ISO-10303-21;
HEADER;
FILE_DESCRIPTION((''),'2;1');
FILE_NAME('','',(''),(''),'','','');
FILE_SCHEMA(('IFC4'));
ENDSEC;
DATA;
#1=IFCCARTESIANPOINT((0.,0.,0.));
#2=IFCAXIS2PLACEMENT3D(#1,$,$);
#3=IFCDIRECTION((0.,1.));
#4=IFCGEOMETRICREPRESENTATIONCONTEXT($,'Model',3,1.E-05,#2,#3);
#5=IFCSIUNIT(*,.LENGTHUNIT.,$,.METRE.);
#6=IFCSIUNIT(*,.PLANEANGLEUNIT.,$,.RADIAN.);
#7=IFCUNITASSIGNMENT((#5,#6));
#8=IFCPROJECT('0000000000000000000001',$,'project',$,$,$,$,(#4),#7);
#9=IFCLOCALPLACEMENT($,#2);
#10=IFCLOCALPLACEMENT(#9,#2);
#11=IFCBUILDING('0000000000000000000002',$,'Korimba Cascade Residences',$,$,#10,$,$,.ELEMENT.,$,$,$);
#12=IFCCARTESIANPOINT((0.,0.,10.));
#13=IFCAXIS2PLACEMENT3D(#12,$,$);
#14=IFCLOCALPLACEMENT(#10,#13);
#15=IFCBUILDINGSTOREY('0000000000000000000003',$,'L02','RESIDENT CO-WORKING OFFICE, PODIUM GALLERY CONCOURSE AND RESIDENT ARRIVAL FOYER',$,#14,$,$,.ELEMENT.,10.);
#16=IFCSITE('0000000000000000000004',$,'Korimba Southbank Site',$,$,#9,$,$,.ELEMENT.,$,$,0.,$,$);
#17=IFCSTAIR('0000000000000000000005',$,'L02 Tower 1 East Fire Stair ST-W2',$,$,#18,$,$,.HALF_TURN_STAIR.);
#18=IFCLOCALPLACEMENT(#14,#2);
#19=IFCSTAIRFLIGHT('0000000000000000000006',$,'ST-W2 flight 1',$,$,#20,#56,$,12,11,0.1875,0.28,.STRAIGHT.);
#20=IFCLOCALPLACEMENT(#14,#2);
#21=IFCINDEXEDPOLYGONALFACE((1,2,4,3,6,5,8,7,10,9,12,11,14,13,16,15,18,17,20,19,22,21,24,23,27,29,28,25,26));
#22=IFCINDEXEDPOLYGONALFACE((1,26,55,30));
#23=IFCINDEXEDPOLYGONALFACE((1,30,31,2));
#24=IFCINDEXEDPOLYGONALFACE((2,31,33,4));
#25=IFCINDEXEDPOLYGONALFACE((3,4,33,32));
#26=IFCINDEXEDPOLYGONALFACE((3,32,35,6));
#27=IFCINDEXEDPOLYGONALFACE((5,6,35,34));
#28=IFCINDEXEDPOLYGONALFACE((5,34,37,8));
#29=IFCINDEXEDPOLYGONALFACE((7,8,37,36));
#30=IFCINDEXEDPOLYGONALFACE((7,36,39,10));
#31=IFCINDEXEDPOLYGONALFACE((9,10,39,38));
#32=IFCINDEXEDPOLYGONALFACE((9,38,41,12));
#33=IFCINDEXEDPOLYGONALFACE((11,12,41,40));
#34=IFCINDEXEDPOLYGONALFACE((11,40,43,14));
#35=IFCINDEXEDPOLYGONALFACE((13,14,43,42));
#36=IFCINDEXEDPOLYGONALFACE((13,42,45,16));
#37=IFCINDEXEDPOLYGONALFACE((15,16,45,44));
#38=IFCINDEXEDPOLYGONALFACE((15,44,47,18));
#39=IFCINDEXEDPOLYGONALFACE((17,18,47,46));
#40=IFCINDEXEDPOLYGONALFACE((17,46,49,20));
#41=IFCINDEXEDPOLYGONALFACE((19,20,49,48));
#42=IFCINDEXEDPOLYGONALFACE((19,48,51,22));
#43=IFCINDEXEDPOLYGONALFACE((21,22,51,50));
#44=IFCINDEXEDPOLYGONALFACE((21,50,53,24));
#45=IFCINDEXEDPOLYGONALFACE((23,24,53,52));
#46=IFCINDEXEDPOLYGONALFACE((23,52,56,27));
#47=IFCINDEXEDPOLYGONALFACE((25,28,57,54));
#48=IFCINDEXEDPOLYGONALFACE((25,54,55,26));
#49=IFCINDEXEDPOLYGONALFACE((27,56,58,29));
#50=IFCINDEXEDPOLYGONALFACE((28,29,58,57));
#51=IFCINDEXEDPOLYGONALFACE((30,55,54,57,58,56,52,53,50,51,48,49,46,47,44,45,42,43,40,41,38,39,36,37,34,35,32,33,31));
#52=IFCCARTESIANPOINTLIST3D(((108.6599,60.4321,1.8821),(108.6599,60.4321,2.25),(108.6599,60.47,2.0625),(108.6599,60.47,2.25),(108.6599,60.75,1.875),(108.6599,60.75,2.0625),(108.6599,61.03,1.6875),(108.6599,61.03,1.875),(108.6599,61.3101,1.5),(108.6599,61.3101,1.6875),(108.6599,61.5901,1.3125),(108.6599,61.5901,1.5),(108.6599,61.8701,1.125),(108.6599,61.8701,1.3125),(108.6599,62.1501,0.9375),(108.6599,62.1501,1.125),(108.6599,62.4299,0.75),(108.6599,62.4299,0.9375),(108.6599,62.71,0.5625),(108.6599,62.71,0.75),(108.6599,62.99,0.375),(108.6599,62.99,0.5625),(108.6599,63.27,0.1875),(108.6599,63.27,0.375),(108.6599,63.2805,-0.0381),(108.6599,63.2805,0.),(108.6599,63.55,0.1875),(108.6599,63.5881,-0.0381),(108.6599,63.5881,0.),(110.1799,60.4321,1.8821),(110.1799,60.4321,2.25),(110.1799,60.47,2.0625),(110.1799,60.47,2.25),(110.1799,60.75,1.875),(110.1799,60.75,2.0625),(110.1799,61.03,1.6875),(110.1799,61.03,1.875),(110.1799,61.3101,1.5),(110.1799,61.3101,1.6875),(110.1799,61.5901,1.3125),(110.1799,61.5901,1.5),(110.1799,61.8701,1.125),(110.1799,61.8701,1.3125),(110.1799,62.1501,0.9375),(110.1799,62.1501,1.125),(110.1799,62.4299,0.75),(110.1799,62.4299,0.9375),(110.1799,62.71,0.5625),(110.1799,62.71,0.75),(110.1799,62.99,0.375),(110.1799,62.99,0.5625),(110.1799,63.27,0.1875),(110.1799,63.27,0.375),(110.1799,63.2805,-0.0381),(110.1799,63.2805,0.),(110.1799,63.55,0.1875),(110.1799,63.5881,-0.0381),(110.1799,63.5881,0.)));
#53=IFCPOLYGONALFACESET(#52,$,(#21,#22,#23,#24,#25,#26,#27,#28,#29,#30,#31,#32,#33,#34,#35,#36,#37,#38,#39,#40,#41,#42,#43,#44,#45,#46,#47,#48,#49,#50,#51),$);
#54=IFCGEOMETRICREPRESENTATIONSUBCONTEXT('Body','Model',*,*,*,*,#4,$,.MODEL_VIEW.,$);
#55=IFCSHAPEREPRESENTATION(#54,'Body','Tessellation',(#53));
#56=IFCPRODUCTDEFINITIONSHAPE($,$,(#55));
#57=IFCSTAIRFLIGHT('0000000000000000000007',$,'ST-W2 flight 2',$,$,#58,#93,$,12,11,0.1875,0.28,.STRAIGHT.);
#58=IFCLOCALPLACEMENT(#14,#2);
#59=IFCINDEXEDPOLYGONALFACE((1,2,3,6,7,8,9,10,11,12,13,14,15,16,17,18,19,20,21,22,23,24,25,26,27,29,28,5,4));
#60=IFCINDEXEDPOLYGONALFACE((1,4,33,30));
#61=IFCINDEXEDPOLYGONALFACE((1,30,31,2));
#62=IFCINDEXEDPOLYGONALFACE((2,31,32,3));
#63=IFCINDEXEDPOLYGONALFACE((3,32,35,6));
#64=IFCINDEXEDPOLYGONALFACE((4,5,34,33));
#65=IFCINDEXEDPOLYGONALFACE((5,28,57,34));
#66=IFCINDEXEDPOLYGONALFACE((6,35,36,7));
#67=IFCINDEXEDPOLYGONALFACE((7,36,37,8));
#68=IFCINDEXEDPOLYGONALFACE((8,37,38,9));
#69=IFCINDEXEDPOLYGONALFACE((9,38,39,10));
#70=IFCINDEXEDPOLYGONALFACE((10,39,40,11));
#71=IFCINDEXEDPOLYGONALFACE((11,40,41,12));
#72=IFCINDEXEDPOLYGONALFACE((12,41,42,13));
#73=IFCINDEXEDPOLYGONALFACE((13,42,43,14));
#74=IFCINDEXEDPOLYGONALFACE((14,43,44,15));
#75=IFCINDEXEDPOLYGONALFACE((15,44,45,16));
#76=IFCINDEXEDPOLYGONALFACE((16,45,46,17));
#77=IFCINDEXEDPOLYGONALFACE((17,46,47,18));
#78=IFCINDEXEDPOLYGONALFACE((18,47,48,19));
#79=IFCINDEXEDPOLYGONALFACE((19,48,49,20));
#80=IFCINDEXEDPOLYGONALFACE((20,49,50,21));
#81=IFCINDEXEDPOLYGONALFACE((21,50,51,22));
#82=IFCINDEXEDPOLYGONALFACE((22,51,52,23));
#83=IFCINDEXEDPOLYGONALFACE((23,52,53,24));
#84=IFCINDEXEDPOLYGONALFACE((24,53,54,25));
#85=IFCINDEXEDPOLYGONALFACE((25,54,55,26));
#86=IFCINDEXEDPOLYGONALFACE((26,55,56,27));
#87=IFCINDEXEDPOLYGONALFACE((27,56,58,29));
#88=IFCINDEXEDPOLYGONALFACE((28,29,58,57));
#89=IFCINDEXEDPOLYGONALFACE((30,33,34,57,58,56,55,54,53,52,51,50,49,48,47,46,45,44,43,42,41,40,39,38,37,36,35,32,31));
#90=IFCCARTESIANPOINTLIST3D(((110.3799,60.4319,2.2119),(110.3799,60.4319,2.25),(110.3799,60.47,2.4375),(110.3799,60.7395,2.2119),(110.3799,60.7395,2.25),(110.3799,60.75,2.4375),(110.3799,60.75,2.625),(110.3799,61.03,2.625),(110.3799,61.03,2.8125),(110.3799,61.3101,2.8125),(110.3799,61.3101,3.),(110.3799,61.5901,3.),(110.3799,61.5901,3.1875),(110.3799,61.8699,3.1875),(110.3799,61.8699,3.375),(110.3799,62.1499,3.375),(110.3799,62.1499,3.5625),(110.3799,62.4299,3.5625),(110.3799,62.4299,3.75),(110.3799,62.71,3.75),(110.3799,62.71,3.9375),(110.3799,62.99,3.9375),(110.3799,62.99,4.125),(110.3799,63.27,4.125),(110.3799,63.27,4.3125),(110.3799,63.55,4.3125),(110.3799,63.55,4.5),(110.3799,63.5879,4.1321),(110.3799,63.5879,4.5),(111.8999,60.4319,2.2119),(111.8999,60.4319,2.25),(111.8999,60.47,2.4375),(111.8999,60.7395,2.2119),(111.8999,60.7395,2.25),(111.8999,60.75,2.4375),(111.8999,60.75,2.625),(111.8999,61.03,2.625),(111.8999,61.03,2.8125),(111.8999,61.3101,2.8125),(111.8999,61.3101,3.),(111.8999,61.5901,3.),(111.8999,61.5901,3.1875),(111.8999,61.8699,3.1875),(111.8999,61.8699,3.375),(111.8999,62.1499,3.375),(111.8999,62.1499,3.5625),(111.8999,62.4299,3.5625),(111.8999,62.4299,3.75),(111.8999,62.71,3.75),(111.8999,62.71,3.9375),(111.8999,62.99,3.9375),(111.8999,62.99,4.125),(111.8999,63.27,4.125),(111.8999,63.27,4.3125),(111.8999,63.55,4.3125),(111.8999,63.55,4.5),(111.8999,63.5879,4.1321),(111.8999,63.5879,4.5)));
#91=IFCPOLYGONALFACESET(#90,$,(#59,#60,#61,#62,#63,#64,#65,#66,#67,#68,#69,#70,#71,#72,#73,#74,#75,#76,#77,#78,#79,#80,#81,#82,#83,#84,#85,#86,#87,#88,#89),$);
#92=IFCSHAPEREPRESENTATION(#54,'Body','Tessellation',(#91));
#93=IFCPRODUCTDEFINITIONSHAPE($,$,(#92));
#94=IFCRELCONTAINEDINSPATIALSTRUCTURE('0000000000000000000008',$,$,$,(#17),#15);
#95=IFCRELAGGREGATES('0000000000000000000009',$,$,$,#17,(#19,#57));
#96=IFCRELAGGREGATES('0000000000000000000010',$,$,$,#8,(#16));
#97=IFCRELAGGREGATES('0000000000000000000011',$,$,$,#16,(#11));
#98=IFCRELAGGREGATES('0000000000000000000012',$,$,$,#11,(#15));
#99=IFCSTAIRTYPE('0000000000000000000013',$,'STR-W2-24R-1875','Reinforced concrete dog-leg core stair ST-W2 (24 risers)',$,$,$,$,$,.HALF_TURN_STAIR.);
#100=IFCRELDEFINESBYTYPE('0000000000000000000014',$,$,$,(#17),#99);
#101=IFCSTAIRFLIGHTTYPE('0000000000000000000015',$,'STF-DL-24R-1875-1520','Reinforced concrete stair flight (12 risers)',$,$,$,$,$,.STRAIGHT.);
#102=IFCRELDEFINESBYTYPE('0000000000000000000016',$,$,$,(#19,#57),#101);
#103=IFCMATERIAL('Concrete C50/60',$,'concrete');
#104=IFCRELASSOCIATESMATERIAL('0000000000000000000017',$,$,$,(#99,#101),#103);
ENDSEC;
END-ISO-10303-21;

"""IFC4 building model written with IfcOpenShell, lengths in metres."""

from ifc_helpers import new_model, si_unit, direction, frame, origin, place, context, subcontext, project, spatial, polyline, outline, extrude, material, type_object, element, aggregate, save


model = new_model("IFC4")

# Units and contexts
model_context = context("Model", 3, precision=1e-05, world=origin(), true_north=direction((0.0, 1.0)))
body_context = subcontext(model_context, "Body", "Model", "MODEL_VIEW")
ifc_project = project(units=[si_unit("LENGTHUNIT", "METRE"), si_unit("PLANEANGLEUNIT", "RADIAN")], contexts=[model_context])

# Site, building, storey
site_placement = place(None, origin())
site = spatial("IfcSite", under=ifc_project, at=site_placement, Name="Korimba Southbank Site", CompositionType="ELEMENT", RefElevation=0.0)
building_placement = place(site_placement, origin())
building = spatial("IfcBuilding", under=site, at=building_placement, Name="Korimba Cascade Residences", CompositionType="ELEMENT")
storey_placement = place(building_placement, frame((0.0, 0.0, 10.0)))
storey = spatial("IfcBuildingStorey", under=building, at=storey_placement, Name="L02", Description="RESIDENT CO-WORKING OFFICE, PODIUM GALLERY CONCOURSE AND RESIDENT ARRIVAL FOYER", CompositionType="ELEMENT", Elevation=10.0)

# Shared definitions
ifc_material_1 = material(Name="Concrete C50/60", Category="concrete")

# Stair, stair flights
stair_type = type_object("IfcStairType", Name="STR-W2-24R-1875", Description="Reinforced concrete dog-leg core stair ST-W2 (24 risers)", PredefinedType="HALF_TURN_STAIR", material=ifc_material_1)
stair_placement = place(storey_placement, origin())
stair = element("IfcStair", 1, at=stair_placement, inside=storey, type_object=stair_type, Name="L02 Tower 1 East Fire Stair ST-W2", PredefinedType="HALF_TURN_STAIR")
stair_flight_type = type_object("IfcStairFlightType", Name="STF-DL-24R-1875-1520", Description="Reinforced concrete stair flight (12 risers)", PredefinedType="STRAIGHT", material=ifc_material_1)
stair_flight_1_placement = place(storey_placement, frame((109.4199, 63.55, 0.0), z_axis=(0.0, 0.0, 1.0), x_axis=(0.0, -1.0, 0.0)))
stair_flight_1 = element("IfcStairFlight", 2, at=stair_flight_1_placement, type_object=stair_flight_type, Name="ST-W2 flight 1", NumberOfRisers=12, NumberOfTreads=11, PredefinedType="STRAIGHT", RiserHeight=0.1875, TreadLength=0.28, context=body_context, shape_type="SweptSolid", body=[
    extrude(outline(polyline([(-0.0381, 0.0), (0.0, 0.1875), (0.28, 0.1875), (0.28, 0.375), (0.5601, 0.375), (0.5601, 0.5625), (0.8401, 0.5625), (0.8401, 0.75), (1.1201, 0.75), (1.1201, 0.9375), (1.3999, 0.9375), (1.3999, 1.125), (1.6799, 1.125), (1.6799, 1.3125), (1.96, 1.3125), (1.96, 1.5), (2.24, 1.5), (2.24, 1.6875), (2.52, 1.6875), (2.52, 1.875), (2.8, 1.875), (2.8, 2.0625), (3.0801, 2.0625), (3.0801, 2.25), (3.1179, 2.25), (3.1179, 1.8821), (0.2695, 0.0), (0.2695, -0.0381), (-0.0381, -0.0381), (-0.0381, 0.0)])), frame((0.0, 0.76, 0.0), z_axis=(0.0, -1.0, 0.0), x_axis=(1.0, 0.0, 0.0)), (0.0, 0.0, 1.0), 1.52),
])
stair_flight_2_placement = place(storey_placement, frame((111.1399, 60.47, 2.25), z_axis=(0.0, 0.0, 1.0), x_axis=(0.0, 1.0, 0.0)))
stair_flight_2 = element("IfcStairFlight", 3, at=stair_flight_2_placement, type_object=stair_flight_type, Name="ST-W2 flight 2", NumberOfRisers=12, NumberOfTreads=11, PredefinedType="STRAIGHT", RiserHeight=0.1875, TreadLength=0.28, context=body_context, shape_type="SweptSolid", body=[
    extrude(outline(polyline([(-0.0381, 0.0), (0.0, 0.1875), (0.28, 0.1875), (0.28, 0.375), (0.5601, 0.375), (0.5601, 0.5625), (0.8401, 0.5625), (0.8401, 0.75), (1.1201, 0.75), (1.1201, 0.9375), (1.3999, 0.9375), (1.3999, 1.125), (1.6799, 1.125), (1.6799, 1.3125), (1.96, 1.3125), (1.96, 1.5), (2.24, 1.5), (2.24, 1.6875), (2.52, 1.6875), (2.52, 1.875), (2.8, 1.875), (2.8, 2.0625), (3.0801, 2.0625), (3.0801, 2.25), (3.1179, 2.25), (3.1179, 1.8821), (0.2695, 0.0), (0.2695, -0.0381), (-0.0381, -0.0381), (-0.0381, 0.0)])), frame((0.0, 0.76, 0.0), z_axis=(0.0, -1.0, 0.0), x_axis=(1.0, 0.0, 0.0)), (0.0, 0.0, 1.0), 1.52),
])
aggregate(stair, [stair_flight_1, stair_flight_2])

save(model, "model.ifc")
